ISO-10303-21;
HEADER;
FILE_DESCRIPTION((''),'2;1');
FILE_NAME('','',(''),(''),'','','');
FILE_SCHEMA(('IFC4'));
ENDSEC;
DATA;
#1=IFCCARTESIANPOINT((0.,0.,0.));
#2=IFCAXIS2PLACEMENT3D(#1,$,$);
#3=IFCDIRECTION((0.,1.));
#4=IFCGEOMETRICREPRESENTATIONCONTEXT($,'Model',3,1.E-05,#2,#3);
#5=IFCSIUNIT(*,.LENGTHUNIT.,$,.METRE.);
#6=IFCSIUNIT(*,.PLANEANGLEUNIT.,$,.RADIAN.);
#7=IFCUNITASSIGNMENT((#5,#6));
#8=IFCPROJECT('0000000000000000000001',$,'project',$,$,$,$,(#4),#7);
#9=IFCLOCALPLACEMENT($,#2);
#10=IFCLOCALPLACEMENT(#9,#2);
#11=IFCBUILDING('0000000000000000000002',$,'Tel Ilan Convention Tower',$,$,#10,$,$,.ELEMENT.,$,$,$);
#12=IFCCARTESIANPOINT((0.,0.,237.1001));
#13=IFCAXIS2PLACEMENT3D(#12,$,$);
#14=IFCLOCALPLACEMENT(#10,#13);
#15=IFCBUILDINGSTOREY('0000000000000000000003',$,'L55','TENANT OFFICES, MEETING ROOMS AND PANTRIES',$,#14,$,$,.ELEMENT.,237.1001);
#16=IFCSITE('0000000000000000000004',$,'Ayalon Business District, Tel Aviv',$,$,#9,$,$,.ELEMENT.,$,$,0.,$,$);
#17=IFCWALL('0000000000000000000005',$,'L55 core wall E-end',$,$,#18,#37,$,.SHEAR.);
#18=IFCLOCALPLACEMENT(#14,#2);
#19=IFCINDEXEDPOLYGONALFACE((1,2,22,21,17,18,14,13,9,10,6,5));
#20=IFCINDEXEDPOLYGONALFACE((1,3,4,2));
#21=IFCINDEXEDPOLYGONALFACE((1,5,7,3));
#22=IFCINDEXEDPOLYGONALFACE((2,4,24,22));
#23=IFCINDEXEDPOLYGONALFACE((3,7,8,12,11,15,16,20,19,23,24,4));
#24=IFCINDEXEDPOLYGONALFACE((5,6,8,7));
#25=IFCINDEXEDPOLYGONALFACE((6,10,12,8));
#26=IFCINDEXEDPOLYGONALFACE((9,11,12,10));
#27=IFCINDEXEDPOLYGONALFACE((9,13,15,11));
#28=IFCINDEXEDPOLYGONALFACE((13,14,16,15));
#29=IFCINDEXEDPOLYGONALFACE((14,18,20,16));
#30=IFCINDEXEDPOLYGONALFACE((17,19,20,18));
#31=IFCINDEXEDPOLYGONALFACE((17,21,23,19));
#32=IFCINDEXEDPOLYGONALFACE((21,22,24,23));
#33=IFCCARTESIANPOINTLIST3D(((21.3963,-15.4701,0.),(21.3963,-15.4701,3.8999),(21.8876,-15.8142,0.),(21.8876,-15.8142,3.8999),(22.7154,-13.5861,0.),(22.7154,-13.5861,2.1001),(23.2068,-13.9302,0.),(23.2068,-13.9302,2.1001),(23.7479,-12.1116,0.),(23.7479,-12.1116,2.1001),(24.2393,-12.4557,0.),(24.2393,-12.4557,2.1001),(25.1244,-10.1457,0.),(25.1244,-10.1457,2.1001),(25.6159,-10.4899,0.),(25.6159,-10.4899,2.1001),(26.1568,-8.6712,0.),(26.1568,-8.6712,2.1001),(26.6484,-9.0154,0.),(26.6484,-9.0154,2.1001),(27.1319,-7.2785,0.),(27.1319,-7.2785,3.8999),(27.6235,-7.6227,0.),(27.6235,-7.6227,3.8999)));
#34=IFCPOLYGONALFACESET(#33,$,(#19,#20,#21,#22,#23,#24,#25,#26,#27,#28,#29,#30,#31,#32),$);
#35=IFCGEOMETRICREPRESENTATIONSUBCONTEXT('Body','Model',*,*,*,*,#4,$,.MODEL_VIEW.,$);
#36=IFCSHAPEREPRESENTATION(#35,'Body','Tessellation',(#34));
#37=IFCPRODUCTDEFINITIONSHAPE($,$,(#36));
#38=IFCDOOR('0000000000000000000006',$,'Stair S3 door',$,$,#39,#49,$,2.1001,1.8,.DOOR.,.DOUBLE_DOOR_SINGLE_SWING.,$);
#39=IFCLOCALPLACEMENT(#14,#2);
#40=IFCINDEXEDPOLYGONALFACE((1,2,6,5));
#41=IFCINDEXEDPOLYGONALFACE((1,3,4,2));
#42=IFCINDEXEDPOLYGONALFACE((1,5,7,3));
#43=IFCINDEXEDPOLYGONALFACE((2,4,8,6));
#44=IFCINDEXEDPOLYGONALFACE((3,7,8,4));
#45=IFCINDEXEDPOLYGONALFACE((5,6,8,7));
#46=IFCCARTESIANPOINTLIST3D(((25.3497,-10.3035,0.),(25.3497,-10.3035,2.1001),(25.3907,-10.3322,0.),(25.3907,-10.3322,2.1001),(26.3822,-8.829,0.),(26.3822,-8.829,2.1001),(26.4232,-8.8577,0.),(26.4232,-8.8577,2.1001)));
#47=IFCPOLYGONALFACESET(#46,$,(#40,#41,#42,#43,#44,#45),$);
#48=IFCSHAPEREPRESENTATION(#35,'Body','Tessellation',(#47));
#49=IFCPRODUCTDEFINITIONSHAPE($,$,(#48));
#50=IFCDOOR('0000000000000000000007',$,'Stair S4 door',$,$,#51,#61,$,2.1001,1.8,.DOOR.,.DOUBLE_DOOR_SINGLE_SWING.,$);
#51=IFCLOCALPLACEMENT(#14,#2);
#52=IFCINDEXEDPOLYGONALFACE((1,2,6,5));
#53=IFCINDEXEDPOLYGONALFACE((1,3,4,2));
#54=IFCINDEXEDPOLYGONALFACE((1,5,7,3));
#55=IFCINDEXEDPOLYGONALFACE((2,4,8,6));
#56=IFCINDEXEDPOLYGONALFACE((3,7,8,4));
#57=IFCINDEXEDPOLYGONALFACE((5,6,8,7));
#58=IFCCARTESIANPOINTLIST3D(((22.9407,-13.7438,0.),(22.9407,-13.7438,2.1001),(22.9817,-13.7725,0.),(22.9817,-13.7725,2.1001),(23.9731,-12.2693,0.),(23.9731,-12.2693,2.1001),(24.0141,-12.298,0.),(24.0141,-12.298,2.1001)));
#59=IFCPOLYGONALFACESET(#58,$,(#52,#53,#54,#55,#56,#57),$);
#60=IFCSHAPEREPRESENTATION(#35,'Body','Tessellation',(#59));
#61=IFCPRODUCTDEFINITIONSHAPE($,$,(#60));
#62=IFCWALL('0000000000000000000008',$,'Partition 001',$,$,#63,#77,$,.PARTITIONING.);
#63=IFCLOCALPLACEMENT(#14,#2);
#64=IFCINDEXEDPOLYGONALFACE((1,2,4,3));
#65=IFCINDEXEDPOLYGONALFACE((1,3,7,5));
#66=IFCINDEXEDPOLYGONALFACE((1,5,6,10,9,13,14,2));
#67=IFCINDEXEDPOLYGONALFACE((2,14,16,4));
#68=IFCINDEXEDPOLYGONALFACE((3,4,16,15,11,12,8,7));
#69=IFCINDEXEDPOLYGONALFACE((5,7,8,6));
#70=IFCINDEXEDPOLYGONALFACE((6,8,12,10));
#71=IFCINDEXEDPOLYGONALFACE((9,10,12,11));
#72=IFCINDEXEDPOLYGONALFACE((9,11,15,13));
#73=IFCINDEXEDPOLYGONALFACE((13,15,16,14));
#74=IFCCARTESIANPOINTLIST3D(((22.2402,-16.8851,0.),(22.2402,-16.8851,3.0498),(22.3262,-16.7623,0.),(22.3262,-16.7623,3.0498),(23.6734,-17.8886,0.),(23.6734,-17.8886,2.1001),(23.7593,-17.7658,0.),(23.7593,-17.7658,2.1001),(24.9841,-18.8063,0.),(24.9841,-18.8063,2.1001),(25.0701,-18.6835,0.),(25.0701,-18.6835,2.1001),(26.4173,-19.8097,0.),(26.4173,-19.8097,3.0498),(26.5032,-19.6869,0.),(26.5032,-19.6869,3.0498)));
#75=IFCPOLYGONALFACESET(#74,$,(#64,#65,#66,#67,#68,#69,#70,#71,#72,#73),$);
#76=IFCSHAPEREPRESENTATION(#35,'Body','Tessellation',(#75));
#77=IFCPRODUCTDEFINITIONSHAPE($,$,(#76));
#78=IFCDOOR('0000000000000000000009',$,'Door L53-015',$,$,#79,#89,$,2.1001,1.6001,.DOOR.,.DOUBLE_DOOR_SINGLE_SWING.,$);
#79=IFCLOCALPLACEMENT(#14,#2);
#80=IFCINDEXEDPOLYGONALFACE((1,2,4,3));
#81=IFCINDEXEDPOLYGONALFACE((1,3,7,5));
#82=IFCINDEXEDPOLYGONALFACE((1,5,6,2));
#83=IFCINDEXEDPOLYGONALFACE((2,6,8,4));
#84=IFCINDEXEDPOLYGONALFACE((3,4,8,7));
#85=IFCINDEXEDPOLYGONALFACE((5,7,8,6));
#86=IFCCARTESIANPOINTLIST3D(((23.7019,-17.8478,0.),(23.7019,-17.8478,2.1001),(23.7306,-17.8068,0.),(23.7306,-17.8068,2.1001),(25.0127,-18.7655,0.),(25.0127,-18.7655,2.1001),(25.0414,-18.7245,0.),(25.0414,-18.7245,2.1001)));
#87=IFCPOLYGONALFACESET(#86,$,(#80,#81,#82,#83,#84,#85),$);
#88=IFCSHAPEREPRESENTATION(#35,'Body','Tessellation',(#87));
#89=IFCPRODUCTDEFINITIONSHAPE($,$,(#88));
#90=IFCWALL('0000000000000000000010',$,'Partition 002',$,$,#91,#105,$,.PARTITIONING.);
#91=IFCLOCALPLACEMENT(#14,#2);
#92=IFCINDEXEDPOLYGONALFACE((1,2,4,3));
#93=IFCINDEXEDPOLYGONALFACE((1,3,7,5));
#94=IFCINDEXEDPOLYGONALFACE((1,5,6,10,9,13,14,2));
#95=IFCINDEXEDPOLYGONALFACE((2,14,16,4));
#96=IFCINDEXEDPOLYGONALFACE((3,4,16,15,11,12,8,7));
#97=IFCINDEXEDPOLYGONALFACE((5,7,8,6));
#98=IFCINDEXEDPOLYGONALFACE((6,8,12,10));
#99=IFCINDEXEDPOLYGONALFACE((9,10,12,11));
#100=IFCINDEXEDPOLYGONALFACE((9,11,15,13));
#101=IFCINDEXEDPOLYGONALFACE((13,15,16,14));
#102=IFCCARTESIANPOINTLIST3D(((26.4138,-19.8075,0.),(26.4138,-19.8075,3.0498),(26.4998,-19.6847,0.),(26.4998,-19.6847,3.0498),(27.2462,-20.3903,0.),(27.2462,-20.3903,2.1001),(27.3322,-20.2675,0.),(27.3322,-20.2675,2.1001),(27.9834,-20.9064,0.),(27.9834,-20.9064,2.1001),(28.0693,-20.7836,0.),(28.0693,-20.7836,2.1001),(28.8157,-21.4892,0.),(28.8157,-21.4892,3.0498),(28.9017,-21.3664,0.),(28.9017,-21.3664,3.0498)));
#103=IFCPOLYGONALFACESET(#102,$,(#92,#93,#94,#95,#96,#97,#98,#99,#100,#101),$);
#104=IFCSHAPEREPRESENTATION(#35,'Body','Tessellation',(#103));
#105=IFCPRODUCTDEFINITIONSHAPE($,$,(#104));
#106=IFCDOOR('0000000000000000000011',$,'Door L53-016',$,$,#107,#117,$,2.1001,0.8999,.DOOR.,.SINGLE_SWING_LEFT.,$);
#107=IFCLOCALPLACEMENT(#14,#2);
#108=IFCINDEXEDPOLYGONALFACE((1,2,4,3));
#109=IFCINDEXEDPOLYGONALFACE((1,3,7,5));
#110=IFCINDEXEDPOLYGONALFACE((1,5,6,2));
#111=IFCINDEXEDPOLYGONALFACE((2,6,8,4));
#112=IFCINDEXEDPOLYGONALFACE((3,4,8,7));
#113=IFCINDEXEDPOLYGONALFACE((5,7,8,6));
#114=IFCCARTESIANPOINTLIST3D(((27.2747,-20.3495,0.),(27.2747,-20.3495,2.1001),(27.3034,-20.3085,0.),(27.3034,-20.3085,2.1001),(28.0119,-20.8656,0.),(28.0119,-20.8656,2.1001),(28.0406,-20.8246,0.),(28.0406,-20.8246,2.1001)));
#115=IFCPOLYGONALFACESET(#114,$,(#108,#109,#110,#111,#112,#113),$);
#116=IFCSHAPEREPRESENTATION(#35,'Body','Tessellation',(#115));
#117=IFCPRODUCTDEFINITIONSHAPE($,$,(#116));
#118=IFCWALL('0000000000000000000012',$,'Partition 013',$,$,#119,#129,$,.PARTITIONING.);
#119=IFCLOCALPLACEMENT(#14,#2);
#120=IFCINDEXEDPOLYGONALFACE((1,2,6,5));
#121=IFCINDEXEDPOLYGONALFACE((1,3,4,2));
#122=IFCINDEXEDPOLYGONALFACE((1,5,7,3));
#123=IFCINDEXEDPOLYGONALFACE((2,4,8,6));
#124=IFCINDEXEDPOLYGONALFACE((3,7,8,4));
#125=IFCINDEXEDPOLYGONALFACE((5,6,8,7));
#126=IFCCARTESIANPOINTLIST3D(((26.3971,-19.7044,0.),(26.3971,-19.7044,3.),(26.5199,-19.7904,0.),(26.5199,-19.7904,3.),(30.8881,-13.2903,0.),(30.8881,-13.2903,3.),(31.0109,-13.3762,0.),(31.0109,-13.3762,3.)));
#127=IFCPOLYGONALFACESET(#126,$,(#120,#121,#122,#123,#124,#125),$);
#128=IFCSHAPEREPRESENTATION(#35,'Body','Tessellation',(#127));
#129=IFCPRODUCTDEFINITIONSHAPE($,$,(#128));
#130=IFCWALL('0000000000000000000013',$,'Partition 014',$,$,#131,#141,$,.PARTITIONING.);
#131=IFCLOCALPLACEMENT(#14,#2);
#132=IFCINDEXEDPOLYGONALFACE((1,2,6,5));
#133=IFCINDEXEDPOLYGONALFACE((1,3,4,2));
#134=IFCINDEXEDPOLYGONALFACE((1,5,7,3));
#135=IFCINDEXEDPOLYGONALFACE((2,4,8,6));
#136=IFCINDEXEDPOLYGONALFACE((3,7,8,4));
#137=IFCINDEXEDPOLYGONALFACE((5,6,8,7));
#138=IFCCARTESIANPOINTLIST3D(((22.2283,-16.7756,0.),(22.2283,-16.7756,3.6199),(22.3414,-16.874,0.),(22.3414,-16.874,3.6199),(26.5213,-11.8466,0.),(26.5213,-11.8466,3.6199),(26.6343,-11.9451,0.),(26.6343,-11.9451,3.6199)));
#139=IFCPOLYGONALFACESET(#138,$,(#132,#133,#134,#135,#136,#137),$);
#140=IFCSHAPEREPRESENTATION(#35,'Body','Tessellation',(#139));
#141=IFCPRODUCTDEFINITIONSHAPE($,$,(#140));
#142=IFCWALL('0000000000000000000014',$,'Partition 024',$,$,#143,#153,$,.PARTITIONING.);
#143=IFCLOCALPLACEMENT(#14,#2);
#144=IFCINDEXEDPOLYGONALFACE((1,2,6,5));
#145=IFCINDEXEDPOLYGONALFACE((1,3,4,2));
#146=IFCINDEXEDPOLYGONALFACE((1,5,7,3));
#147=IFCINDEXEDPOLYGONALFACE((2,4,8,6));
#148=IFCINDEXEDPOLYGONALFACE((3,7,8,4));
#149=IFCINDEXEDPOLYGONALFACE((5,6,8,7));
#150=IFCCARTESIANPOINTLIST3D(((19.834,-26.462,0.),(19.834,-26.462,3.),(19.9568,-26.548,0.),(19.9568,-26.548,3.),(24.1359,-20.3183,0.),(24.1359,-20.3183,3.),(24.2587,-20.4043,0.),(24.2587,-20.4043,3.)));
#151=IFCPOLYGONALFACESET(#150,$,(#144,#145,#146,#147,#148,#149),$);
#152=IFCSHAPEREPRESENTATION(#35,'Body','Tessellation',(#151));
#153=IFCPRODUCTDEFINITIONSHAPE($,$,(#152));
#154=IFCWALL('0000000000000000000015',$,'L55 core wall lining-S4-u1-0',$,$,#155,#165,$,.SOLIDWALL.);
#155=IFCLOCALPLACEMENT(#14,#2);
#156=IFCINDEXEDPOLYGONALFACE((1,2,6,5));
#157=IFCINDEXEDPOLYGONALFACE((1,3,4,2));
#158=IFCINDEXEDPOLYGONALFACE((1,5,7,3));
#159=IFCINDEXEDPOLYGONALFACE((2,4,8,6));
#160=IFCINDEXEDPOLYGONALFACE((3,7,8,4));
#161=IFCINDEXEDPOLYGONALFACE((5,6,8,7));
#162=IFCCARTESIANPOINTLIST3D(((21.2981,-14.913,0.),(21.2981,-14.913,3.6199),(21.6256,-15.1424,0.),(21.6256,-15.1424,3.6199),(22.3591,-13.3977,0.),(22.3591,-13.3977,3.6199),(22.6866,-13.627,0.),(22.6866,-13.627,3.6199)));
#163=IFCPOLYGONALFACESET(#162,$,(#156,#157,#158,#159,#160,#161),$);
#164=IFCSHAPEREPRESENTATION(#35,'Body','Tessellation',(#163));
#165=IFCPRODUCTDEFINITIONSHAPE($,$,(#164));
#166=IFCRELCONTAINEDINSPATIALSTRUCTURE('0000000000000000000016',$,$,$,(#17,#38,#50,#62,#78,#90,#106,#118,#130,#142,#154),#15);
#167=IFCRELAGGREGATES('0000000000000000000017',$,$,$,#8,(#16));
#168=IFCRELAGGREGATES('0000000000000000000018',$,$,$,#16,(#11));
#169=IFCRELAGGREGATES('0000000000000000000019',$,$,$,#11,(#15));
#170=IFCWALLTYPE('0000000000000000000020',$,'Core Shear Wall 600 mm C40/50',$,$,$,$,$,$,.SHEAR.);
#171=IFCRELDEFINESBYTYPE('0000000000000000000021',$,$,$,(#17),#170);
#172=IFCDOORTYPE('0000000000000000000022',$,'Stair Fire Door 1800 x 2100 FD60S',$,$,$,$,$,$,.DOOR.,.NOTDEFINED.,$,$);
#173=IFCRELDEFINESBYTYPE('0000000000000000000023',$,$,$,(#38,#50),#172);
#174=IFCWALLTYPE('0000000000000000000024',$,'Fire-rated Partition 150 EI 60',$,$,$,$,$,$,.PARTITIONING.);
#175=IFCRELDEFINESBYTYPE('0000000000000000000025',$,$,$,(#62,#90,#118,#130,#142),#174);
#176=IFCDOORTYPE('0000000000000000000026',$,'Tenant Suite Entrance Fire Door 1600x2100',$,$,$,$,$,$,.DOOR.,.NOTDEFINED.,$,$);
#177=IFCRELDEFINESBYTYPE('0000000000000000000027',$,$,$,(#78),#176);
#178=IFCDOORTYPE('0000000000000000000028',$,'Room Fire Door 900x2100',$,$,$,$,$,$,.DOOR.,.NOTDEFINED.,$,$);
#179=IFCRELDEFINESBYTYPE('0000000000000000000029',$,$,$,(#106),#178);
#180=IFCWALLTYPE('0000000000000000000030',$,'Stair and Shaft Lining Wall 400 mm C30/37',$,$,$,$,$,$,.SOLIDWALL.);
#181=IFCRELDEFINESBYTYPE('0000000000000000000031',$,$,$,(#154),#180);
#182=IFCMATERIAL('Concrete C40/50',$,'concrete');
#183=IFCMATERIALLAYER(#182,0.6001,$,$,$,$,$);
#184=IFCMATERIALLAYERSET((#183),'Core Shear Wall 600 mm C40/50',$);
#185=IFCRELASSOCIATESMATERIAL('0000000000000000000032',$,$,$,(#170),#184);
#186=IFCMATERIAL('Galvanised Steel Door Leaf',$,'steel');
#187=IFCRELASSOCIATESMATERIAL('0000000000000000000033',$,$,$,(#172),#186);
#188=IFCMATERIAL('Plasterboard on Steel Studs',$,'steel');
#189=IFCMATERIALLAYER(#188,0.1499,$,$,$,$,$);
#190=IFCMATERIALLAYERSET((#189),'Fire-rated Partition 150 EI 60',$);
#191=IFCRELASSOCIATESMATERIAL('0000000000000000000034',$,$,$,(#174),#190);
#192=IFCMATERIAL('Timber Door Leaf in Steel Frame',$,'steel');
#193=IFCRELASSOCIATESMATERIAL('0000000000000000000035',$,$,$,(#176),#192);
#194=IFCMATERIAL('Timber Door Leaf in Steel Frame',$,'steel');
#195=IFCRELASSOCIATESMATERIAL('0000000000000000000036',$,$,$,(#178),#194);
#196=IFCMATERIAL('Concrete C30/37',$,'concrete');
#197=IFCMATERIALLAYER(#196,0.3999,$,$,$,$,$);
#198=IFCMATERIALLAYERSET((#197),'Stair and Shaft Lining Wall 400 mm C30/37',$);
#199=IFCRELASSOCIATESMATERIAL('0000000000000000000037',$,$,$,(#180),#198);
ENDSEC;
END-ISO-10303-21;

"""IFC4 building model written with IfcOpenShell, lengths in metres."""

from ifc_helpers import new_model, si_unit, direction, frame, frame_2d, origin, place, context, subcontext, project, spatial, polyline, rectangle, outline, extrude, material, layer, layer_set, type_object, element, fill, save


model = new_model("IFC4")

# Units and contexts
model_context = context("Model", 3, precision=1e-05, world=origin(), true_north=direction((0.0, 1.0)))
body_context = subcontext(model_context, "Body", "Model", "MODEL_VIEW")
ifc_project = project(units=[si_unit("LENGTHUNIT", "METRE"), si_unit("PLANEANGLEUNIT", "RADIAN")], contexts=[model_context])

# Site, building, storey
site_placement = place(None, origin())
site = spatial("IfcSite", under=ifc_project, at=site_placement, Name="Ayalon Business District, Tel Aviv", CompositionType="ELEMENT", RefElevation=0.0)
building_placement = place(site_placement, origin())
building = spatial("IfcBuilding", under=site, at=building_placement, Name="Tel Ilan Convention Tower", CompositionType="ELEMENT")
storey_placement = place(building_placement, frame((0.0, 0.0, 237.1001)))
storey = spatial("IfcBuildingStorey", under=building, at=storey_placement, Name="L55", Description="TENANT OFFICES, MEETING ROOMS AND PANTRIES", CompositionType="ELEMENT", Elevation=237.1001)

# Wall, openings, doors
ifc_material_1 = material(Name="Concrete C40/50", Category="concrete")
ifc_layer_1 = layer(ifc_material_1, 0.6001)
ifc_layer_set_1 = layer_set([ifc_layer_1], Name="Core Shear Wall 600 mm C40/50")
wall_type_1 = type_object("IfcWallType", Name="Core Shear Wall 600 mm C40/50", PredefinedType="SHEAR", material=ifc_layer_set_1)
wall_1_placement = place(storey_placement, frame((21.6418, -15.6421, 0.0), z_axis=(0.0, 0.0, 1.0), x_axis=(0.573587, 0.819145, 0.0)))
wall_1 = element("IfcWall", 1, at=wall_1_placement, inside=storey, type_object=wall_type_1, Name="L55 core wall E-end", PredefinedType="SHEAR", context=body_context, shape_type="SweptSolid", body=[
    extrude(outline(polyline([(10.0, 0.3), (0.0, 0.2998), (0.0, -0.3), (10.0, -0.3), (10.0, 0.3)])), origin(), (0.0, 0.0, 1.0), 3.8999),
])
opening_1_placement = place(wall_1_placement, frame((6.5, 0.0, 0.0)))
opening_1 = element("IfcOpeningElement", 2, at=opening_1_placement, cuts=wall_1, PredefinedType="OPENING", context=body_context, shape_type="SweptSolid", body=[
    extrude(rectangle(XDim=1.8, YDim=2.1001, at=frame_2d((0.8999, 1.05))), frame((0.0, 0.3101, 0.0), z_axis=(0.0, -1.0, 0.0), x_axis=(1.0, 0.0, 0.0)), (0.0, 0.0, 1.0), 0.6201),
])
opening_2_placement = place(wall_1_placement, frame((2.3, 0.0, 0.0)))
opening_2 = element("IfcOpeningElement", 3, at=opening_2_placement, cuts=wall_1, PredefinedType="OPENING", context=body_context, shape_type="SweptSolid", body=[
    extrude(rectangle(XDim=1.8, YDim=2.1001, at=frame_2d((0.8999, 1.05))), frame((0.0, 0.3101, 0.0), z_axis=(0.0, -1.0, 0.0), x_axis=(1.0, 0.0, 0.0)), (0.0, 0.0, 1.0), 0.6201),
])
ifc_material_2 = material(Name="Galvanised Steel Door Leaf", Category="steel")
door_type_1 = type_object("IfcDoorType", Name="Stair Fire Door 1800 x 2100 FD60S", OperationType="NOTDEFINED", PredefinedType="DOOR", material=ifc_material_2)
door_1_placement = place(opening_1_placement, origin())
door_1 = element("IfcDoor", 4, at=door_1_placement, inside=storey, type_object=door_type_1, Name="Stair S3 door", OperationType="DOUBLE_DOOR_SINGLE_SWING", OverallHeight=2.1001, OverallWidth=1.8, PredefinedType="DOOR", context=body_context, shape_type="SweptSolid", body=[
    extrude(rectangle(XDim=1.8, YDim=2.1001, at=frame_2d((0.8999, 1.05))), frame((0.0, 0.0249, 0.0), z_axis=(0.0, -1.0, 0.0), x_axis=(1.0, 0.0, 0.0)), (0.0, 0.0, 1.0), 0.05),
])
fill(opening_1, door_1)
door_2_placement = place(opening_2_placement, origin())
door_2 = element("IfcDoor", 5, at=door_2_placement, inside=storey, type_object=door_type_1, Name="Stair S4 door", OperationType="DOUBLE_DOOR_SINGLE_SWING", OverallHeight=2.1001, OverallWidth=1.8, PredefinedType="DOOR", context=body_context, shape_type="SweptSolid", body=[
    extrude(rectangle(XDim=1.8, YDim=2.1001, at=frame_2d((0.8999, 1.05))), frame((0.0, 0.0249, 0.0), z_axis=(0.0, -1.0, 0.0), x_axis=(1.0, 0.0, 0.0)), (0.0, 0.0, 1.0), 0.05),
])
fill(opening_2, door_2)

# Walls, openings, doors
ifc_material_3 = material(Name="Plasterboard on Steel Studs", Category="steel")
ifc_layer_2 = layer(ifc_material_3, 0.1499)
ifc_layer_set_2 = layer_set([ifc_layer_2], Name="Fire-rated Partition 150 EI 60")
wall_type_2 = type_object("IfcWallType", Name="Fire-rated Partition 150 EI 60", PredefinedType="PARTITIONING", material=ifc_layer_set_2)
wall_2_placement = place(storey_placement, frame((22.2832, -16.8237, 0.0), z_axis=(0.0, 0.0, 1.0), x_axis=(0.819171, -0.573549, 0.0)))
wall_2 = element("IfcWall", 6, at=wall_2_placement, inside=storey, type_object=wall_type_2, Name="Partition 001", PredefinedType="PARTITIONING", context=body_context, shape_type="SweptSolid", body=[
    extrude(rectangle(XDim=5.0991, YDim=0.1499, at=frame_2d((2.5496, 0.0))), origin(), (0.0, 0.0, 1.0), 3.0498),
])
opening_3_placement = place(wall_2_placement, frame((1.7495, 0.0, 0.0)))
opening_3 = element("IfcOpeningElement", 7, at=opening_3_placement, cuts=wall_2, PredefinedType="OPENING", context=body_context, shape_type="SweptSolid", body=[
    extrude(rectangle(XDim=1.6001, YDim=2.1001, at=frame_2d((0.8, 1.05))), frame((0.0, 0.085, 0.0), z_axis=(0.0, -1.0, 0.0), x_axis=(1.0, 0.0, 0.0)), (0.0, 0.0, 1.0), 0.1699),
])
ifc_material_4 = material(Name="Timber Door Leaf in Steel Frame", Category="steel")
door_type_2 = type_object("IfcDoorType", Name="Tenant Suite Entrance Fire Door 1600x2100", OperationType="NOTDEFINED", PredefinedType="DOOR", material=ifc_material_4)
door_3_placement = place(opening_3_placement, origin())
door_3 = element("IfcDoor", 8, at=door_3_placement, inside=storey, type_object=door_type_2, Name="Door L53-015", OperationType="DOUBLE_DOOR_SINGLE_SWING", OverallHeight=2.1001, OverallWidth=1.6001, PredefinedType="DOOR", context=body_context, shape_type="SweptSolid", body=[
    extrude(rectangle(XDim=1.6001, YDim=2.1001, at=frame_2d((0.8, 1.05))), frame((0.0, 0.0249, 0.0), z_axis=(0.0, -1.0, 0.0), x_axis=(1.0, 0.0, 0.0)), (0.0, 0.0, 1.0), 0.05),
])
fill(opening_3, door_3)
wall_3_placement = place(storey_placement, frame((26.4568, -19.7461, 0.0), z_axis=(0.0, 0.0, 1.0), x_axis=(0.819177, -0.573541, 0.0)))
wall_3 = element("IfcWall", 9, at=wall_3_placement, inside=storey, type_object=wall_type_2, Name="Partition 002", PredefinedType="PARTITIONING", context=body_context, shape_type="SweptSolid", body=[
    extrude(rectangle(XDim=2.9321, YDim=0.1499, at=frame_2d((1.4661, 0.0))), origin(), (0.0, 0.0, 1.0), 3.0498),
])
opening_4_placement = place(wall_3_placement, frame((1.0161, 0.0, 0.0)))
opening_4 = element("IfcOpeningElement", 10, at=opening_4_placement, cuts=wall_3, PredefinedType="OPENING", context=body_context, shape_type="SweptSolid", body=[
    extrude(rectangle(XDim=0.8999, YDim=2.1001, at=frame_2d((0.45, 1.05))), frame((0.0, 0.085, 0.0), z_axis=(0.0, -1.0, 0.0), x_axis=(1.0, 0.0, 0.0)), (0.0, 0.0, 1.0), 0.1699),
])
ifc_material_5 = material(Name="Timber Door Leaf in Steel Frame", Category="steel")
door_type_3 = type_object("IfcDoorType", Name="Room Fire Door 900x2100", OperationType="NOTDEFINED", PredefinedType="DOOR", material=ifc_material_5)
door_4_placement = place(opening_4_placement, origin())
door_4 = element("IfcDoor", 11, at=door_4_placement, inside=storey, type_object=door_type_3, Name="Door L53-016", OperationType="SINGLE_SWING_LEFT", OverallHeight=2.1001, OverallWidth=0.8999, PredefinedType="DOOR", context=body_context, shape_type="SweptSolid", body=[
    extrude(rectangle(XDim=0.8999, YDim=2.1001, at=frame_2d((0.45, 1.05))), frame((0.0, 0.0249, 0.0), z_axis=(0.0, -1.0, 0.0), x_axis=(1.0, 0.0, 0.0)), (0.0, 0.0, 1.0), 0.05),
])
fill(opening_4, door_4)

# Walls
wall_4_placement = place(storey_placement, frame((30.9495, -13.3333, 0.0), z_axis=(0.0, 0.0, 1.0), x_axis=(-0.573559, -0.819165, 0.0)))
element("IfcWall", 12, at=wall_4_placement, inside=storey, type_object=wall_type_2, Name="Partition 013", PredefinedType="PARTITIONING", context=body_context, shape_type="SweptSolid", body=[
    extrude(rectangle(XDim=7.8301, YDim=0.1499, at=frame_2d((3.915, 0.0))), origin(), (0.0, 0.0, 1.0), 3.0),
])
wall_5_placement = place(storey_placement, frame((22.2849, -16.8247, 0.0), z_axis=(0.0, 0.0, 1.0), x_axis=(0.656781, 0.754081, 0.0)))
element("IfcWall", 13, at=wall_5_placement, inside=storey, type_object=wall_type_2, Name="Partition 014", PredefinedType="PARTITIONING", context=body_context, shape_type="SweptSolid", body=[
    extrude(rectangle(XDim=6.5364, YDim=0.1499, at=frame_2d((3.2681, 0.0))), origin(), (0.0, 0.0, 1.0), 3.6199),
])
wall_6_placement = place(storey_placement, frame((24.1973, -20.3613, 0.0), z_axis=(0.0, 0.0, 1.0), x_axis=(-0.573576, -0.819152, 0.0)))
element("IfcWall", 14, at=wall_6_placement, inside=storey, type_object=wall_type_2, Name="Partition 024", PredefinedType="PARTITIONING", context=body_context, shape_type="SweptSolid", body=[
    extrude(rectangle(XDim=7.5, YDim=0.1499, at=frame_2d((3.75, 0.0))), origin(), (0.0, 0.0, 1.0), 3.0),
])
ifc_material_6 = material(Name="Concrete C30/37", Category="concrete")
ifc_layer_3 = layer(ifc_material_6, 0.3999)
ifc_layer_set_3 = layer_set([ifc_layer_3], Name="Stair and Shaft Lining Wall 400 mm C30/37")
wall_type_3 = type_object("IfcWallType", Name="Stair and Shaft Lining Wall 400 mm C30/37", PredefinedType="SOLIDWALL", material=ifc_layer_set_3)
wall_7_placement = place(storey_placement, frame((21.4619, -15.0276, 0.0), z_axis=(0.0, 0.0, 1.0), x_axis=(0.57356, 0.819164, 0.0)))
element("IfcWall", 15, at=wall_7_placement, inside=storey, type_object=wall_type_3, Name="L55 core wall lining-S4-u1-0", PredefinedType="SOLIDWALL", context=body_context, shape_type="SweptSolid", body=[
    extrude(rectangle(XDim=1.8499, YDim=0.3999, at=frame_2d((0.9248, 0.0))), origin(), (0.0, 0.0, 1.0), 3.6199),
])

save(model, "model.ifc")
